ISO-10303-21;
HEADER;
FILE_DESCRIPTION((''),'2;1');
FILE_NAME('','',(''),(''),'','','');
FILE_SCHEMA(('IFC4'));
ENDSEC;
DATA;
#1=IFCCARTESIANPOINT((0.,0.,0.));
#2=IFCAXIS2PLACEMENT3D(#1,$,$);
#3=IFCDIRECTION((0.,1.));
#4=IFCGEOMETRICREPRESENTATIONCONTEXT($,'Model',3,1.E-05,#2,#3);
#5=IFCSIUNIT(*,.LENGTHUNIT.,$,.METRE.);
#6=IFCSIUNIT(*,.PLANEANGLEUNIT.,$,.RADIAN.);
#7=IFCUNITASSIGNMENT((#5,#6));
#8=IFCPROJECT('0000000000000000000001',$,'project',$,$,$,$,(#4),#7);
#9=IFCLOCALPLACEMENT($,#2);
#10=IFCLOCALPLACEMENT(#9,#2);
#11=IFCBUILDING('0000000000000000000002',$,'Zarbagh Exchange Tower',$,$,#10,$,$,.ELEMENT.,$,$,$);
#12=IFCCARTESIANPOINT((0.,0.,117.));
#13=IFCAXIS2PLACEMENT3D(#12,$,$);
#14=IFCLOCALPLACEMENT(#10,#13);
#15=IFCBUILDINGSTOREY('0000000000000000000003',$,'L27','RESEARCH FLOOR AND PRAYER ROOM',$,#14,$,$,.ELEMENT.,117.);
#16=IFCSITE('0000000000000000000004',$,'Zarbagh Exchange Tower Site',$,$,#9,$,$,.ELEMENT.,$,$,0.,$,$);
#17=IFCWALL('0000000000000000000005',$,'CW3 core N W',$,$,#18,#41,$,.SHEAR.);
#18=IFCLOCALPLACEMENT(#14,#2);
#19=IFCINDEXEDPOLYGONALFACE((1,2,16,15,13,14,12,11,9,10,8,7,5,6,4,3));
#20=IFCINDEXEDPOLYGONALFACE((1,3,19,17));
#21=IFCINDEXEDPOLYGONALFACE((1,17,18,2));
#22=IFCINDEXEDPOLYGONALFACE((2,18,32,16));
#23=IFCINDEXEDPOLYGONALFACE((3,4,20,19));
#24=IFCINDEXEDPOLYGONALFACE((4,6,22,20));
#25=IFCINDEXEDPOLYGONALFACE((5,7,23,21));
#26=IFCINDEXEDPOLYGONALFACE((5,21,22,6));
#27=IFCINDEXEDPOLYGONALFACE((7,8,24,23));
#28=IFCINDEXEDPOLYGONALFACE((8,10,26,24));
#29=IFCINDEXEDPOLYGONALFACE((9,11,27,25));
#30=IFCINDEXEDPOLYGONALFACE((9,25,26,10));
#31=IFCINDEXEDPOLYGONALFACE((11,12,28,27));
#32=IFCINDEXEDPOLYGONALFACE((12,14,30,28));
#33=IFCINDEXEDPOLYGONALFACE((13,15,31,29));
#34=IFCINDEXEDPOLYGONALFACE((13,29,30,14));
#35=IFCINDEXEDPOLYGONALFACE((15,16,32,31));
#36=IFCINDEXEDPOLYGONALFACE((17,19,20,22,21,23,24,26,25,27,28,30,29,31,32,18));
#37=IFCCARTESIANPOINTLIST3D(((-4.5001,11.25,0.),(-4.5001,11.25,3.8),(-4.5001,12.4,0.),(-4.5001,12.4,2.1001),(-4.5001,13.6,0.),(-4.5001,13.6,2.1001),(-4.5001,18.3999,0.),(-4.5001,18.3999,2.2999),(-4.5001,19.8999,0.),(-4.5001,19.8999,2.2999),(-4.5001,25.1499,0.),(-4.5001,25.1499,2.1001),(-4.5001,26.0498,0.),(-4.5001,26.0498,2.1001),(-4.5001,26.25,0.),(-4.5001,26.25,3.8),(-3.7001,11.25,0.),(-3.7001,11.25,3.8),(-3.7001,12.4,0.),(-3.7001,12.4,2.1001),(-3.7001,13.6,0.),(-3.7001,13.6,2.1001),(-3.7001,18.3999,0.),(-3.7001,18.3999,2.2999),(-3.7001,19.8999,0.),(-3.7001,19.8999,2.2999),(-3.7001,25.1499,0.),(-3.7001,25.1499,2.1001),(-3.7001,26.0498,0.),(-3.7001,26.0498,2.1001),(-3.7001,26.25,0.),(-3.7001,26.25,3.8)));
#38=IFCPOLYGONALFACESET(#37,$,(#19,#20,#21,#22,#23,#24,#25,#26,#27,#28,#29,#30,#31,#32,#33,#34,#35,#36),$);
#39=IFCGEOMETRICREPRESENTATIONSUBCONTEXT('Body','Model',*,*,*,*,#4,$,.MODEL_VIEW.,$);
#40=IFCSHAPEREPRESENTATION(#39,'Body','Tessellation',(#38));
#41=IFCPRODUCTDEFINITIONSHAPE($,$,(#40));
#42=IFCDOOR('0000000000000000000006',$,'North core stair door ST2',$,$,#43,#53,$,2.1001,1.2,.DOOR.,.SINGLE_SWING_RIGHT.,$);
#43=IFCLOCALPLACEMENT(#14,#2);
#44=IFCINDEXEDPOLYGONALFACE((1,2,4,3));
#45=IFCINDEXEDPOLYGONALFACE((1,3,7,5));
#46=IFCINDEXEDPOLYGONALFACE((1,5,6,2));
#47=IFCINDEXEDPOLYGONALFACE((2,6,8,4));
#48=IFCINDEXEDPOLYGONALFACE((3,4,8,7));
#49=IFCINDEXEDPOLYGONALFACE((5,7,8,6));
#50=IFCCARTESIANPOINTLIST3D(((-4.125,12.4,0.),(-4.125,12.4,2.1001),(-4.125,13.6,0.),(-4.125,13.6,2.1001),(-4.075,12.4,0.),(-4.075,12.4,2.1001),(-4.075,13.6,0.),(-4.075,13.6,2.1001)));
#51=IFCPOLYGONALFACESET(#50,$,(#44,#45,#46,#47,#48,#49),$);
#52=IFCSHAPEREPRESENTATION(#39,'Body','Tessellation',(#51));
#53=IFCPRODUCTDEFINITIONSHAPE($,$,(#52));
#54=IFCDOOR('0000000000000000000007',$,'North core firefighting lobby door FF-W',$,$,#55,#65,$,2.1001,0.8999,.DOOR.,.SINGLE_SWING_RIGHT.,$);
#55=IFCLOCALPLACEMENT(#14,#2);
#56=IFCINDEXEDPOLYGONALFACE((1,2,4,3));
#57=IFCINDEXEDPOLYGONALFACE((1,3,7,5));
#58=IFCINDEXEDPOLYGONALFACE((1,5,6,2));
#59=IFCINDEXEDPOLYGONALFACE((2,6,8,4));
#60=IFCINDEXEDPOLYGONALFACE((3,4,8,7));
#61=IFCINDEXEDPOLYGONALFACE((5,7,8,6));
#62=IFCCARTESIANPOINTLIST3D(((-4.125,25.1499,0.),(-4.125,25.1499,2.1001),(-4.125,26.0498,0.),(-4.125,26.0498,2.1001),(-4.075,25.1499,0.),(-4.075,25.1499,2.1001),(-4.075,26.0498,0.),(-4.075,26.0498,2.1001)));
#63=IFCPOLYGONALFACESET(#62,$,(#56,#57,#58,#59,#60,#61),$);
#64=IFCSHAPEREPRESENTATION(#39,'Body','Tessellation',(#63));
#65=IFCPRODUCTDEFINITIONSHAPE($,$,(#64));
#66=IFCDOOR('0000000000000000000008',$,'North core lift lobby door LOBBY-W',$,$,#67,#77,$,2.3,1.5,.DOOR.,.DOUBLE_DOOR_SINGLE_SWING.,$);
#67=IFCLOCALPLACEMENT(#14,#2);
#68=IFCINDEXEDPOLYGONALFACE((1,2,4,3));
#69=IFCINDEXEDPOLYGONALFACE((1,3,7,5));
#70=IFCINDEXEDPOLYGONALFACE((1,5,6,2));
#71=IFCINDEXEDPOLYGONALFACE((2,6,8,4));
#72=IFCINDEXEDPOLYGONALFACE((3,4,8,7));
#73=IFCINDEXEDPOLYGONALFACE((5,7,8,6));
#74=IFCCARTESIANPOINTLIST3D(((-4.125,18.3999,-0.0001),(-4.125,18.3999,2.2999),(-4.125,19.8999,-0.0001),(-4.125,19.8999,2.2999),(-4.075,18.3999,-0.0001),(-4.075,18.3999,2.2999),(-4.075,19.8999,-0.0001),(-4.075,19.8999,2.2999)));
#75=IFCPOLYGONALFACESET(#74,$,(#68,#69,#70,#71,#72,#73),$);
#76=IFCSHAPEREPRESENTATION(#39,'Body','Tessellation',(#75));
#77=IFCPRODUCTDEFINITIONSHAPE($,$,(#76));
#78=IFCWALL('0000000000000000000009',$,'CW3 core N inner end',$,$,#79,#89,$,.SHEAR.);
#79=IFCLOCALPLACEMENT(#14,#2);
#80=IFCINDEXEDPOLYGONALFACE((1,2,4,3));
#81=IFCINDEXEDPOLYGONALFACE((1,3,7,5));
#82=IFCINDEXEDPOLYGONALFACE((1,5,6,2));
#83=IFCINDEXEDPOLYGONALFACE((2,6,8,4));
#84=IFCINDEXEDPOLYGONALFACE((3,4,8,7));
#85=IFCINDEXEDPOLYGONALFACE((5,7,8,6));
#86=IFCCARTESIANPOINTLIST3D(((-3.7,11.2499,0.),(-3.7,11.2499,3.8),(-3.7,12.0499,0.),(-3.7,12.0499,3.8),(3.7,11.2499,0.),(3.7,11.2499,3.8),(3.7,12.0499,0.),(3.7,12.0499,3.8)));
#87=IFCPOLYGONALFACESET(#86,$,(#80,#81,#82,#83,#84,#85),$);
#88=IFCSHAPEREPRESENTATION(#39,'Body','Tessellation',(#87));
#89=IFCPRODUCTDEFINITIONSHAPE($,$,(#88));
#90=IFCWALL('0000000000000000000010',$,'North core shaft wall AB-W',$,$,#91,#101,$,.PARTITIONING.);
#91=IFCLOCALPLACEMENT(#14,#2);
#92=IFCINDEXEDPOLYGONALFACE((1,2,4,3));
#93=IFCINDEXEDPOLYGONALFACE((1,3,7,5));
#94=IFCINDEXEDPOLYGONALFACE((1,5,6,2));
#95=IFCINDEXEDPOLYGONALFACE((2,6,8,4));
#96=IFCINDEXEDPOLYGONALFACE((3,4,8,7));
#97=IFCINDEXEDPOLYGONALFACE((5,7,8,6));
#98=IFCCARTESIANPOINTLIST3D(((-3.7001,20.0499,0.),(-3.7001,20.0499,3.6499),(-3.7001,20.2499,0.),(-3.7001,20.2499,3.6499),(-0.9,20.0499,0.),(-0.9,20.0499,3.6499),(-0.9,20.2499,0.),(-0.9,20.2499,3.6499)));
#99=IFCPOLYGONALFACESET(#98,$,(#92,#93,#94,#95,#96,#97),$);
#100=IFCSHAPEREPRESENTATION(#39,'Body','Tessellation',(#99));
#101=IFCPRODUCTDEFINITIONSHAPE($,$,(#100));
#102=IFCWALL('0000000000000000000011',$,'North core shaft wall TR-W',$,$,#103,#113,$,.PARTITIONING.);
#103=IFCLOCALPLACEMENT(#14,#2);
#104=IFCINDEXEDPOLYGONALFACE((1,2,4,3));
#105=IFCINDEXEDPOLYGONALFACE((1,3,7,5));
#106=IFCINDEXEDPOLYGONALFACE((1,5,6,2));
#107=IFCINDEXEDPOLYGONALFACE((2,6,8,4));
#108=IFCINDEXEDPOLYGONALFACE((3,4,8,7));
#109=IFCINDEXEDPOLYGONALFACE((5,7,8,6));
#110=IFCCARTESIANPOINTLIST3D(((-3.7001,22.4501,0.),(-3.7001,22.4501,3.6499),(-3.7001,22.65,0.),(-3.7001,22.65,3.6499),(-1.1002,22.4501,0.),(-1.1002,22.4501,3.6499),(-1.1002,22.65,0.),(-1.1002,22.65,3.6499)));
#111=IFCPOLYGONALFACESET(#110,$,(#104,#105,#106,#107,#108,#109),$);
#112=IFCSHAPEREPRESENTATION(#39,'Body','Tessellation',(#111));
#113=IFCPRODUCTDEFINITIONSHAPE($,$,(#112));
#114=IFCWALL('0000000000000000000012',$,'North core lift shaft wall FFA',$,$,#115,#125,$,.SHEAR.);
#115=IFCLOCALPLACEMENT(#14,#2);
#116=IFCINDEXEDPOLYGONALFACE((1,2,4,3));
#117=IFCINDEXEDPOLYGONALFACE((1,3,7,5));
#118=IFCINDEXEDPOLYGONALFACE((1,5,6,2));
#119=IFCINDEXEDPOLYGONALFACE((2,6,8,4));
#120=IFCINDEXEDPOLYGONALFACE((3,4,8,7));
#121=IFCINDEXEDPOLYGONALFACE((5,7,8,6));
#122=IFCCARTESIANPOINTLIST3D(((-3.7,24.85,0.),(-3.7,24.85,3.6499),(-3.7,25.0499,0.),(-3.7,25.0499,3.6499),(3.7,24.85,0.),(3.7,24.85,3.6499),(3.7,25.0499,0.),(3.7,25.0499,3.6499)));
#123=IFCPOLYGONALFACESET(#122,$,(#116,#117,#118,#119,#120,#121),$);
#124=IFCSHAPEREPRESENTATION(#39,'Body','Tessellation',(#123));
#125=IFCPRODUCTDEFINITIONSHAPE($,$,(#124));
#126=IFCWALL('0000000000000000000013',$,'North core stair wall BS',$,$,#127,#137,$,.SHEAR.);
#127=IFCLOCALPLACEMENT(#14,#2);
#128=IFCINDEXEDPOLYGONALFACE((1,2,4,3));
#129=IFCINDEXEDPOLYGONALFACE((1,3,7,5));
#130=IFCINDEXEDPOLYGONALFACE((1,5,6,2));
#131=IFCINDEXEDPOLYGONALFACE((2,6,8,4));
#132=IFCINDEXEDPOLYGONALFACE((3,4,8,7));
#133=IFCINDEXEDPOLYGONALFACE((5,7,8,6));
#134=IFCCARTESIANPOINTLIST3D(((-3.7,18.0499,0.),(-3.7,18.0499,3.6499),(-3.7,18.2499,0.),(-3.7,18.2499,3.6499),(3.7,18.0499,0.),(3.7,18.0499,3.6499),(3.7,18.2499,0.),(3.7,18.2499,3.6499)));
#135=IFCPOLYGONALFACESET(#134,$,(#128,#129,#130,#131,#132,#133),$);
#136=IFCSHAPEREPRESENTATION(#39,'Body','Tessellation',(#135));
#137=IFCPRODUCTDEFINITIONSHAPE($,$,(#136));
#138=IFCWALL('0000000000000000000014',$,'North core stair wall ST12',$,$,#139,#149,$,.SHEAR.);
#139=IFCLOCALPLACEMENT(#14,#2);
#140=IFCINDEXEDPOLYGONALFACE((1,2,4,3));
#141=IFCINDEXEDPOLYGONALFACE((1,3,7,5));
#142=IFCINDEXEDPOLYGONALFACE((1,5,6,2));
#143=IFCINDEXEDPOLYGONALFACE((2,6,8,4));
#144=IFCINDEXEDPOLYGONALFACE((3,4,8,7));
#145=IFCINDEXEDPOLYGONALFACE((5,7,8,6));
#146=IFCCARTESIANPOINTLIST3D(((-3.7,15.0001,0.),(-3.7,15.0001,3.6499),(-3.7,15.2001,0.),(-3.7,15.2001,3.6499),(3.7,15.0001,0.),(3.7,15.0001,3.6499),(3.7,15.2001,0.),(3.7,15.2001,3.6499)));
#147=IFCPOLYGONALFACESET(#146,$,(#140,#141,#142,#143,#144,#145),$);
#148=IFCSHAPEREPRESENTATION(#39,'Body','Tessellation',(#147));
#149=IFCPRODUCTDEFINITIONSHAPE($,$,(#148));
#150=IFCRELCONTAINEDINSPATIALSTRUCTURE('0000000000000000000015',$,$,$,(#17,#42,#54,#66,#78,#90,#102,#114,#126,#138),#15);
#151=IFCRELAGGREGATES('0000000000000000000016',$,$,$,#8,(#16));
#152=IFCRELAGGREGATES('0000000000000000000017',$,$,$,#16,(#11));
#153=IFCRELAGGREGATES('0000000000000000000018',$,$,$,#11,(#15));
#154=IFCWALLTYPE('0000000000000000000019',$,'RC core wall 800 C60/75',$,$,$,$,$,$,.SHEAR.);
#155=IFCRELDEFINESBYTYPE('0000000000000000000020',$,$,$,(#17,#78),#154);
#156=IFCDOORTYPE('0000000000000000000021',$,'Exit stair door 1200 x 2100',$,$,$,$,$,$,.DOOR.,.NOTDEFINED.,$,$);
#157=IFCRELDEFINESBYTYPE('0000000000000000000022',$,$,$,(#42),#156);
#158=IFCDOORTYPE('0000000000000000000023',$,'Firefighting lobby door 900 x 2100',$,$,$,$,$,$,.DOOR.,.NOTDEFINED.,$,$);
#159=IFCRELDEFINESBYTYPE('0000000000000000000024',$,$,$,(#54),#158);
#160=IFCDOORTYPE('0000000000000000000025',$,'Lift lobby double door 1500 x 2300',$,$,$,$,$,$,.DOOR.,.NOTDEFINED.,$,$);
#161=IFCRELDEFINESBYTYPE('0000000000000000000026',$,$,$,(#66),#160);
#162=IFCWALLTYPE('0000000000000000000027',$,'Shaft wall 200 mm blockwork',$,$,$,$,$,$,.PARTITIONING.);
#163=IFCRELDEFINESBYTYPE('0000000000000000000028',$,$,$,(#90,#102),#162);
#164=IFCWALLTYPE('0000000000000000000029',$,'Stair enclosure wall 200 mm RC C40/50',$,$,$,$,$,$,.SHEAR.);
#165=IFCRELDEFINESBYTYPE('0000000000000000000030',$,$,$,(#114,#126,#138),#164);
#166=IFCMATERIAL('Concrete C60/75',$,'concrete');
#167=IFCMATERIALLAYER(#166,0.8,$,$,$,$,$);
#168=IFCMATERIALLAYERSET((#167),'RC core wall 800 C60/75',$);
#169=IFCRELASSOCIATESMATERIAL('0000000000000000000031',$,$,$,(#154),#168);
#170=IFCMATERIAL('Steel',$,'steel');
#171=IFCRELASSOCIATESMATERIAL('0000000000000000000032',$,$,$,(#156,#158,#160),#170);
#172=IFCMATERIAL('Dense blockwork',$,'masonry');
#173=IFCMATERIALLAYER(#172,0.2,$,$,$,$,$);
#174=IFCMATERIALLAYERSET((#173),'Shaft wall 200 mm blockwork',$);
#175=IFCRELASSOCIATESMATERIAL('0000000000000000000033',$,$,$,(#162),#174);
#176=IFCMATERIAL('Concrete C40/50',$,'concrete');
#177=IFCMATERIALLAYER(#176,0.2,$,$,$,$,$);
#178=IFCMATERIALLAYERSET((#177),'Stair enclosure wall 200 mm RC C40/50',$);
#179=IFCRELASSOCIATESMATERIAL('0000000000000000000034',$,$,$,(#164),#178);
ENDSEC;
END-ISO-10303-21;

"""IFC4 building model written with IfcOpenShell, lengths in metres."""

from ifc_helpers import new_model, si_unit, direction, frame, frame_2d, origin, place, context, subcontext, project, spatial, rectangle, extrude, material, layer, layer_set, type_object, element, fill, save


model = new_model("IFC4")

# Units and contexts
model_context = context("Model", 3, precision=1e-05, world=origin(), true_north=direction((0.0, 1.0)))
body_context = subcontext(model_context, "Body", "Model", "MODEL_VIEW")
ifc_project = project(units=[si_unit("LENGTHUNIT", "METRE"), si_unit("PLANEANGLEUNIT", "RADIAN")], contexts=[model_context])

# Site, building, storey
site_placement = place(None, origin())
site = spatial("IfcSite", under=ifc_project, at=site_placement, Name="Zarbagh Exchange Tower Site", CompositionType="ELEMENT", RefElevation=0.0)
building_placement = place(site_placement, origin())
building = spatial("IfcBuilding", under=site, at=building_placement, Name="Zarbagh Exchange Tower", CompositionType="ELEMENT")
storey_placement = place(building_placement, frame((0.0, 0.0, 117.0)))
storey = spatial("IfcBuildingStorey", under=building, at=storey_placement, Name="L27", Description="RESEARCH FLOOR AND PRAYER ROOM", CompositionType="ELEMENT", Elevation=117.0)

# Shared definitions
ifc_material_1 = material(Name="Concrete C60/75", Category="concrete")

# Wall, openings, doors
ifc_layer_1 = layer(ifc_material_1, 0.8)
ifc_layer_set_1 = layer_set([ifc_layer_1], Name="RC core wall 800 C60/75")
wall_type_1 = type_object("IfcWallType", Name="RC core wall 800 C60/75", PredefinedType="SHEAR", material=ifc_layer_set_1)
wall_1_placement = place(storey_placement, frame((-4.1001, 11.25, 0.0), z_axis=(0.0, 0.0, 1.0), x_axis=(0.0, 1.0, 0.0)))
wall_1 = element("IfcWall", 1, at=wall_1_placement, inside=storey, type_object=wall_type_1, Name="CW3 core N W", PredefinedType="SHEAR", context=body_context, shape_type="SweptSolid", body=[
    extrude(rectangle(XDim=15.0, YDim=0.8, at=frame_2d((7.5, 0.0))), origin(), (0.0, 0.0, 1.0), 3.8),
])
opening_1_placement = place(wall_1_placement, frame((7.1499, 0.0, 0.0)))
opening_1 = element("IfcOpeningElement", 2, at=opening_1_placement, cuts=wall_1, PredefinedType="OPENING", context=body_context, shape_type="SweptSolid", body=[
    extrude(rectangle(XDim=1.5, YDim=2.3, at=frame_2d((0.75, 1.1499))), frame((0.0, 0.4099, 0.0), z_axis=(0.0, -1.0, 0.0), x_axis=(1.0, 0.0, 0.0)), (0.0, 0.0, 1.0), 0.8201),
])
opening_2_placement = place(wall_1_placement, frame((13.8999, 0.0, 0.0)))
opening_2 = element("IfcOpeningElement", 3, at=opening_2_placement, cuts=wall_1, PredefinedType="OPENING", context=body_context, shape_type="SweptSolid", body=[
    extrude(rectangle(XDim=0.8999, YDim=2.1001, at=frame_2d((0.45, 1.05))), frame((0.0, 0.4099, 0.0), z_axis=(0.0, -1.0, 0.0), x_axis=(1.0, 0.0, 0.0)), (0.0, 0.0, 1.0), 0.8201),
])
opening_3_placement = place(wall_1_placement, frame((1.1499, 0.0, 0.0)))
opening_3 = element("IfcOpeningElement", 4, at=opening_3_placement, cuts=wall_1, PredefinedType="OPENING", context=body_context, shape_type="SweptSolid", body=[
    extrude(rectangle(XDim=1.2, YDim=2.1001, at=frame_2d((0.6001, 1.05))), frame((0.0, 0.4099, 0.0), z_axis=(0.0, -1.0, 0.0), x_axis=(1.0, 0.0, 0.0)), (0.0, 0.0, 1.0), 0.8201),
])
ifc_material_2 = material(Name="Steel", Category="steel")
door_type_1 = type_object("IfcDoorType", Name="Exit stair door 1200 x 2100", OperationType="NOTDEFINED", PredefinedType="DOOR", material=ifc_material_2)
door_1_placement = place(opening_3_placement, origin())
door_1 = element("IfcDoor", 5, at=door_1_placement, inside=storey, type_object=door_type_1, Name="North core stair door ST2", OperationType="SINGLE_SWING_RIGHT", OverallHeight=2.1001, OverallWidth=1.2, PredefinedType="DOOR", context=body_context, shape_type="SweptSolid", body=[
    extrude(rectangle(XDim=1.2, YDim=2.1001, at=frame_2d((0.6001, 1.05))), frame((0.0, 0.0249, 0.0), z_axis=(0.0, -1.0, 0.0), x_axis=(1.0, 0.0, 0.0)), (0.0, 0.0, 1.0), 0.05),
])
fill(opening_3, door_1)
door_type_2 = type_object("IfcDoorType", Name="Firefighting lobby door 900 x 2100", OperationType="NOTDEFINED", PredefinedType="DOOR", material=ifc_material_2)
door_2_placement = place(opening_2_placement, origin())
door_2 = element("IfcDoor", 6, at=door_2_placement, inside=storey, type_object=door_type_2, Name="North core firefighting lobby door FF-W", OperationType="SINGLE_SWING_RIGHT", OverallHeight=2.1001, OverallWidth=0.8999, PredefinedType="DOOR", context=body_context, shape_type="SweptSolid", body=[
    extrude(rectangle(XDim=0.8999, YDim=2.1001, at=frame_2d((0.45, 1.05))), frame((0.0, 0.0249, 0.0), z_axis=(0.0, -1.0, 0.0), x_axis=(1.0, 0.0, 0.0)), (0.0, 0.0, 1.0), 0.05),
])
fill(opening_2, door_2)
door_type_3 = type_object("IfcDoorType", Name="Lift lobby double door 1500 x 2300", OperationType="NOTDEFINED", PredefinedType="DOOR", material=ifc_material_2)
door_3_placement = place(opening_1_placement, origin())
door_3 = element("IfcDoor", 7, at=door_3_placement, inside=storey, type_object=door_type_3, Name="North core lift lobby door LOBBY-W", OperationType="DOUBLE_DOOR_SINGLE_SWING", OverallHeight=2.3, OverallWidth=1.5, PredefinedType="DOOR", context=body_context, shape_type="SweptSolid", body=[
    extrude(rectangle(XDim=1.5, YDim=2.3, at=frame_2d((0.75, 1.1499))), frame((0.0, 0.0249, 0.0), z_axis=(0.0, -1.0, 0.0), x_axis=(1.0, 0.0, 0.0)), (0.0, 0.0, 1.0), 0.05),
])
fill(opening_1, door_3)

# Walls
wall_2_placement = place(storey_placement, frame((-3.7, 11.6499, 0.0), z_axis=(0.0, 0.0, 1.0), x_axis=(1.0, 0.0, 0.0)))
element("IfcWall", 8, at=wall_2_placement, inside=storey, type_object=wall_type_1, Name="CW3 core N inner end", PredefinedType="SHEAR", context=body_context, shape_type="SweptSolid", body=[
    extrude(rectangle(XDim=7.3999, YDim=0.8, at=frame_2d((3.7, 0.0))), origin(), (0.0, 0.0, 1.0), 3.8),
])
ifc_material_3 = material(Name="Dense blockwork", Category="masonry")
ifc_layer_2 = layer(ifc_material_3, 0.2)
ifc_layer_set_2 = layer_set([ifc_layer_2], Name="Shaft wall 200 mm blockwork")
wall_type_2 = type_object("IfcWallType", Name="Shaft wall 200 mm blockwork", PredefinedType="PARTITIONING", material=ifc_layer_set_2)
wall_3_placement = place(storey_placement, frame((-3.7, 20.1499, 0.0), z_axis=(0.0, 0.0, 1.0), x_axis=(1.0, 0.0, 0.0)))
element("IfcWall", 9, at=wall_3_placement, inside=storey, type_object=wall_type_2, Name="North core shaft wall AB-W", PredefinedType="PARTITIONING", context=body_context, shape_type="SweptSolid", body=[
    extrude(rectangle(XDim=2.8, YDim=0.2, at=frame_2d((1.3999, 0.0))), origin(), (0.0, 0.0, 1.0), 3.6499),
])
wall_4_placement = place(storey_placement, frame((-3.7, 22.55, 0.0), z_axis=(0.0, 0.0, 1.0), x_axis=(1.0, 0.0, 0.0)))
element("IfcWall", 10, at=wall_4_placement, inside=storey, type_object=wall_type_2, Name="North core shaft wall TR-W", PredefinedType="PARTITIONING", context=body_context, shape_type="SweptSolid", body=[
    extrude(rectangle(XDim=2.5999, YDim=0.2, at=frame_2d((1.2998, 0.0))), origin(), (0.0, 0.0, 1.0), 3.6499),
])
ifc_material_4 = material(Name="Concrete C40/50", Category="concrete")
ifc_layer_3 = layer(ifc_material_4, 0.2)
ifc_layer_set_3 = layer_set([ifc_layer_3], Name="Stair enclosure wall 200 mm RC C40/50")
wall_type_3 = type_object("IfcWallType", Name="Stair enclosure wall 200 mm RC C40/50", PredefinedType="SHEAR", material=ifc_layer_set_3)
for number, where, z_axis, x_axis, name in (
    (11, (-3.7, 24.95, 0.0), (0.0, 0.0, 1.0), (1.0, 0.0, 0.0), "North core lift shaft wall FFA"),
    (12, (-3.7, 18.1499, 0.0), (0.0, 0.0, 1.0), (1.0, 0.0, 0.0), "North core stair wall BS"),
    (13, (-3.7, 15.1001, 0.0), (0.0, 0.0, 1.0), (1.0, 0.0, 0.0), "North core stair wall ST12"),
):
    element("IfcWall", number, at=place(storey_placement, frame(where, z_axis=z_axis, x_axis=x_axis)), inside=storey, type_object=wall_type_3, Name=name, PredefinedType="SHEAR", context=body_context, shape_type="SweptSolid", body=[
        extrude(rectangle(XDim=7.3999, YDim=0.2, at=frame_2d((3.7, 0.0))), origin(), (0.0, 0.0, 1.0), 3.6499),
    ])

save(model, "model.ifc")
